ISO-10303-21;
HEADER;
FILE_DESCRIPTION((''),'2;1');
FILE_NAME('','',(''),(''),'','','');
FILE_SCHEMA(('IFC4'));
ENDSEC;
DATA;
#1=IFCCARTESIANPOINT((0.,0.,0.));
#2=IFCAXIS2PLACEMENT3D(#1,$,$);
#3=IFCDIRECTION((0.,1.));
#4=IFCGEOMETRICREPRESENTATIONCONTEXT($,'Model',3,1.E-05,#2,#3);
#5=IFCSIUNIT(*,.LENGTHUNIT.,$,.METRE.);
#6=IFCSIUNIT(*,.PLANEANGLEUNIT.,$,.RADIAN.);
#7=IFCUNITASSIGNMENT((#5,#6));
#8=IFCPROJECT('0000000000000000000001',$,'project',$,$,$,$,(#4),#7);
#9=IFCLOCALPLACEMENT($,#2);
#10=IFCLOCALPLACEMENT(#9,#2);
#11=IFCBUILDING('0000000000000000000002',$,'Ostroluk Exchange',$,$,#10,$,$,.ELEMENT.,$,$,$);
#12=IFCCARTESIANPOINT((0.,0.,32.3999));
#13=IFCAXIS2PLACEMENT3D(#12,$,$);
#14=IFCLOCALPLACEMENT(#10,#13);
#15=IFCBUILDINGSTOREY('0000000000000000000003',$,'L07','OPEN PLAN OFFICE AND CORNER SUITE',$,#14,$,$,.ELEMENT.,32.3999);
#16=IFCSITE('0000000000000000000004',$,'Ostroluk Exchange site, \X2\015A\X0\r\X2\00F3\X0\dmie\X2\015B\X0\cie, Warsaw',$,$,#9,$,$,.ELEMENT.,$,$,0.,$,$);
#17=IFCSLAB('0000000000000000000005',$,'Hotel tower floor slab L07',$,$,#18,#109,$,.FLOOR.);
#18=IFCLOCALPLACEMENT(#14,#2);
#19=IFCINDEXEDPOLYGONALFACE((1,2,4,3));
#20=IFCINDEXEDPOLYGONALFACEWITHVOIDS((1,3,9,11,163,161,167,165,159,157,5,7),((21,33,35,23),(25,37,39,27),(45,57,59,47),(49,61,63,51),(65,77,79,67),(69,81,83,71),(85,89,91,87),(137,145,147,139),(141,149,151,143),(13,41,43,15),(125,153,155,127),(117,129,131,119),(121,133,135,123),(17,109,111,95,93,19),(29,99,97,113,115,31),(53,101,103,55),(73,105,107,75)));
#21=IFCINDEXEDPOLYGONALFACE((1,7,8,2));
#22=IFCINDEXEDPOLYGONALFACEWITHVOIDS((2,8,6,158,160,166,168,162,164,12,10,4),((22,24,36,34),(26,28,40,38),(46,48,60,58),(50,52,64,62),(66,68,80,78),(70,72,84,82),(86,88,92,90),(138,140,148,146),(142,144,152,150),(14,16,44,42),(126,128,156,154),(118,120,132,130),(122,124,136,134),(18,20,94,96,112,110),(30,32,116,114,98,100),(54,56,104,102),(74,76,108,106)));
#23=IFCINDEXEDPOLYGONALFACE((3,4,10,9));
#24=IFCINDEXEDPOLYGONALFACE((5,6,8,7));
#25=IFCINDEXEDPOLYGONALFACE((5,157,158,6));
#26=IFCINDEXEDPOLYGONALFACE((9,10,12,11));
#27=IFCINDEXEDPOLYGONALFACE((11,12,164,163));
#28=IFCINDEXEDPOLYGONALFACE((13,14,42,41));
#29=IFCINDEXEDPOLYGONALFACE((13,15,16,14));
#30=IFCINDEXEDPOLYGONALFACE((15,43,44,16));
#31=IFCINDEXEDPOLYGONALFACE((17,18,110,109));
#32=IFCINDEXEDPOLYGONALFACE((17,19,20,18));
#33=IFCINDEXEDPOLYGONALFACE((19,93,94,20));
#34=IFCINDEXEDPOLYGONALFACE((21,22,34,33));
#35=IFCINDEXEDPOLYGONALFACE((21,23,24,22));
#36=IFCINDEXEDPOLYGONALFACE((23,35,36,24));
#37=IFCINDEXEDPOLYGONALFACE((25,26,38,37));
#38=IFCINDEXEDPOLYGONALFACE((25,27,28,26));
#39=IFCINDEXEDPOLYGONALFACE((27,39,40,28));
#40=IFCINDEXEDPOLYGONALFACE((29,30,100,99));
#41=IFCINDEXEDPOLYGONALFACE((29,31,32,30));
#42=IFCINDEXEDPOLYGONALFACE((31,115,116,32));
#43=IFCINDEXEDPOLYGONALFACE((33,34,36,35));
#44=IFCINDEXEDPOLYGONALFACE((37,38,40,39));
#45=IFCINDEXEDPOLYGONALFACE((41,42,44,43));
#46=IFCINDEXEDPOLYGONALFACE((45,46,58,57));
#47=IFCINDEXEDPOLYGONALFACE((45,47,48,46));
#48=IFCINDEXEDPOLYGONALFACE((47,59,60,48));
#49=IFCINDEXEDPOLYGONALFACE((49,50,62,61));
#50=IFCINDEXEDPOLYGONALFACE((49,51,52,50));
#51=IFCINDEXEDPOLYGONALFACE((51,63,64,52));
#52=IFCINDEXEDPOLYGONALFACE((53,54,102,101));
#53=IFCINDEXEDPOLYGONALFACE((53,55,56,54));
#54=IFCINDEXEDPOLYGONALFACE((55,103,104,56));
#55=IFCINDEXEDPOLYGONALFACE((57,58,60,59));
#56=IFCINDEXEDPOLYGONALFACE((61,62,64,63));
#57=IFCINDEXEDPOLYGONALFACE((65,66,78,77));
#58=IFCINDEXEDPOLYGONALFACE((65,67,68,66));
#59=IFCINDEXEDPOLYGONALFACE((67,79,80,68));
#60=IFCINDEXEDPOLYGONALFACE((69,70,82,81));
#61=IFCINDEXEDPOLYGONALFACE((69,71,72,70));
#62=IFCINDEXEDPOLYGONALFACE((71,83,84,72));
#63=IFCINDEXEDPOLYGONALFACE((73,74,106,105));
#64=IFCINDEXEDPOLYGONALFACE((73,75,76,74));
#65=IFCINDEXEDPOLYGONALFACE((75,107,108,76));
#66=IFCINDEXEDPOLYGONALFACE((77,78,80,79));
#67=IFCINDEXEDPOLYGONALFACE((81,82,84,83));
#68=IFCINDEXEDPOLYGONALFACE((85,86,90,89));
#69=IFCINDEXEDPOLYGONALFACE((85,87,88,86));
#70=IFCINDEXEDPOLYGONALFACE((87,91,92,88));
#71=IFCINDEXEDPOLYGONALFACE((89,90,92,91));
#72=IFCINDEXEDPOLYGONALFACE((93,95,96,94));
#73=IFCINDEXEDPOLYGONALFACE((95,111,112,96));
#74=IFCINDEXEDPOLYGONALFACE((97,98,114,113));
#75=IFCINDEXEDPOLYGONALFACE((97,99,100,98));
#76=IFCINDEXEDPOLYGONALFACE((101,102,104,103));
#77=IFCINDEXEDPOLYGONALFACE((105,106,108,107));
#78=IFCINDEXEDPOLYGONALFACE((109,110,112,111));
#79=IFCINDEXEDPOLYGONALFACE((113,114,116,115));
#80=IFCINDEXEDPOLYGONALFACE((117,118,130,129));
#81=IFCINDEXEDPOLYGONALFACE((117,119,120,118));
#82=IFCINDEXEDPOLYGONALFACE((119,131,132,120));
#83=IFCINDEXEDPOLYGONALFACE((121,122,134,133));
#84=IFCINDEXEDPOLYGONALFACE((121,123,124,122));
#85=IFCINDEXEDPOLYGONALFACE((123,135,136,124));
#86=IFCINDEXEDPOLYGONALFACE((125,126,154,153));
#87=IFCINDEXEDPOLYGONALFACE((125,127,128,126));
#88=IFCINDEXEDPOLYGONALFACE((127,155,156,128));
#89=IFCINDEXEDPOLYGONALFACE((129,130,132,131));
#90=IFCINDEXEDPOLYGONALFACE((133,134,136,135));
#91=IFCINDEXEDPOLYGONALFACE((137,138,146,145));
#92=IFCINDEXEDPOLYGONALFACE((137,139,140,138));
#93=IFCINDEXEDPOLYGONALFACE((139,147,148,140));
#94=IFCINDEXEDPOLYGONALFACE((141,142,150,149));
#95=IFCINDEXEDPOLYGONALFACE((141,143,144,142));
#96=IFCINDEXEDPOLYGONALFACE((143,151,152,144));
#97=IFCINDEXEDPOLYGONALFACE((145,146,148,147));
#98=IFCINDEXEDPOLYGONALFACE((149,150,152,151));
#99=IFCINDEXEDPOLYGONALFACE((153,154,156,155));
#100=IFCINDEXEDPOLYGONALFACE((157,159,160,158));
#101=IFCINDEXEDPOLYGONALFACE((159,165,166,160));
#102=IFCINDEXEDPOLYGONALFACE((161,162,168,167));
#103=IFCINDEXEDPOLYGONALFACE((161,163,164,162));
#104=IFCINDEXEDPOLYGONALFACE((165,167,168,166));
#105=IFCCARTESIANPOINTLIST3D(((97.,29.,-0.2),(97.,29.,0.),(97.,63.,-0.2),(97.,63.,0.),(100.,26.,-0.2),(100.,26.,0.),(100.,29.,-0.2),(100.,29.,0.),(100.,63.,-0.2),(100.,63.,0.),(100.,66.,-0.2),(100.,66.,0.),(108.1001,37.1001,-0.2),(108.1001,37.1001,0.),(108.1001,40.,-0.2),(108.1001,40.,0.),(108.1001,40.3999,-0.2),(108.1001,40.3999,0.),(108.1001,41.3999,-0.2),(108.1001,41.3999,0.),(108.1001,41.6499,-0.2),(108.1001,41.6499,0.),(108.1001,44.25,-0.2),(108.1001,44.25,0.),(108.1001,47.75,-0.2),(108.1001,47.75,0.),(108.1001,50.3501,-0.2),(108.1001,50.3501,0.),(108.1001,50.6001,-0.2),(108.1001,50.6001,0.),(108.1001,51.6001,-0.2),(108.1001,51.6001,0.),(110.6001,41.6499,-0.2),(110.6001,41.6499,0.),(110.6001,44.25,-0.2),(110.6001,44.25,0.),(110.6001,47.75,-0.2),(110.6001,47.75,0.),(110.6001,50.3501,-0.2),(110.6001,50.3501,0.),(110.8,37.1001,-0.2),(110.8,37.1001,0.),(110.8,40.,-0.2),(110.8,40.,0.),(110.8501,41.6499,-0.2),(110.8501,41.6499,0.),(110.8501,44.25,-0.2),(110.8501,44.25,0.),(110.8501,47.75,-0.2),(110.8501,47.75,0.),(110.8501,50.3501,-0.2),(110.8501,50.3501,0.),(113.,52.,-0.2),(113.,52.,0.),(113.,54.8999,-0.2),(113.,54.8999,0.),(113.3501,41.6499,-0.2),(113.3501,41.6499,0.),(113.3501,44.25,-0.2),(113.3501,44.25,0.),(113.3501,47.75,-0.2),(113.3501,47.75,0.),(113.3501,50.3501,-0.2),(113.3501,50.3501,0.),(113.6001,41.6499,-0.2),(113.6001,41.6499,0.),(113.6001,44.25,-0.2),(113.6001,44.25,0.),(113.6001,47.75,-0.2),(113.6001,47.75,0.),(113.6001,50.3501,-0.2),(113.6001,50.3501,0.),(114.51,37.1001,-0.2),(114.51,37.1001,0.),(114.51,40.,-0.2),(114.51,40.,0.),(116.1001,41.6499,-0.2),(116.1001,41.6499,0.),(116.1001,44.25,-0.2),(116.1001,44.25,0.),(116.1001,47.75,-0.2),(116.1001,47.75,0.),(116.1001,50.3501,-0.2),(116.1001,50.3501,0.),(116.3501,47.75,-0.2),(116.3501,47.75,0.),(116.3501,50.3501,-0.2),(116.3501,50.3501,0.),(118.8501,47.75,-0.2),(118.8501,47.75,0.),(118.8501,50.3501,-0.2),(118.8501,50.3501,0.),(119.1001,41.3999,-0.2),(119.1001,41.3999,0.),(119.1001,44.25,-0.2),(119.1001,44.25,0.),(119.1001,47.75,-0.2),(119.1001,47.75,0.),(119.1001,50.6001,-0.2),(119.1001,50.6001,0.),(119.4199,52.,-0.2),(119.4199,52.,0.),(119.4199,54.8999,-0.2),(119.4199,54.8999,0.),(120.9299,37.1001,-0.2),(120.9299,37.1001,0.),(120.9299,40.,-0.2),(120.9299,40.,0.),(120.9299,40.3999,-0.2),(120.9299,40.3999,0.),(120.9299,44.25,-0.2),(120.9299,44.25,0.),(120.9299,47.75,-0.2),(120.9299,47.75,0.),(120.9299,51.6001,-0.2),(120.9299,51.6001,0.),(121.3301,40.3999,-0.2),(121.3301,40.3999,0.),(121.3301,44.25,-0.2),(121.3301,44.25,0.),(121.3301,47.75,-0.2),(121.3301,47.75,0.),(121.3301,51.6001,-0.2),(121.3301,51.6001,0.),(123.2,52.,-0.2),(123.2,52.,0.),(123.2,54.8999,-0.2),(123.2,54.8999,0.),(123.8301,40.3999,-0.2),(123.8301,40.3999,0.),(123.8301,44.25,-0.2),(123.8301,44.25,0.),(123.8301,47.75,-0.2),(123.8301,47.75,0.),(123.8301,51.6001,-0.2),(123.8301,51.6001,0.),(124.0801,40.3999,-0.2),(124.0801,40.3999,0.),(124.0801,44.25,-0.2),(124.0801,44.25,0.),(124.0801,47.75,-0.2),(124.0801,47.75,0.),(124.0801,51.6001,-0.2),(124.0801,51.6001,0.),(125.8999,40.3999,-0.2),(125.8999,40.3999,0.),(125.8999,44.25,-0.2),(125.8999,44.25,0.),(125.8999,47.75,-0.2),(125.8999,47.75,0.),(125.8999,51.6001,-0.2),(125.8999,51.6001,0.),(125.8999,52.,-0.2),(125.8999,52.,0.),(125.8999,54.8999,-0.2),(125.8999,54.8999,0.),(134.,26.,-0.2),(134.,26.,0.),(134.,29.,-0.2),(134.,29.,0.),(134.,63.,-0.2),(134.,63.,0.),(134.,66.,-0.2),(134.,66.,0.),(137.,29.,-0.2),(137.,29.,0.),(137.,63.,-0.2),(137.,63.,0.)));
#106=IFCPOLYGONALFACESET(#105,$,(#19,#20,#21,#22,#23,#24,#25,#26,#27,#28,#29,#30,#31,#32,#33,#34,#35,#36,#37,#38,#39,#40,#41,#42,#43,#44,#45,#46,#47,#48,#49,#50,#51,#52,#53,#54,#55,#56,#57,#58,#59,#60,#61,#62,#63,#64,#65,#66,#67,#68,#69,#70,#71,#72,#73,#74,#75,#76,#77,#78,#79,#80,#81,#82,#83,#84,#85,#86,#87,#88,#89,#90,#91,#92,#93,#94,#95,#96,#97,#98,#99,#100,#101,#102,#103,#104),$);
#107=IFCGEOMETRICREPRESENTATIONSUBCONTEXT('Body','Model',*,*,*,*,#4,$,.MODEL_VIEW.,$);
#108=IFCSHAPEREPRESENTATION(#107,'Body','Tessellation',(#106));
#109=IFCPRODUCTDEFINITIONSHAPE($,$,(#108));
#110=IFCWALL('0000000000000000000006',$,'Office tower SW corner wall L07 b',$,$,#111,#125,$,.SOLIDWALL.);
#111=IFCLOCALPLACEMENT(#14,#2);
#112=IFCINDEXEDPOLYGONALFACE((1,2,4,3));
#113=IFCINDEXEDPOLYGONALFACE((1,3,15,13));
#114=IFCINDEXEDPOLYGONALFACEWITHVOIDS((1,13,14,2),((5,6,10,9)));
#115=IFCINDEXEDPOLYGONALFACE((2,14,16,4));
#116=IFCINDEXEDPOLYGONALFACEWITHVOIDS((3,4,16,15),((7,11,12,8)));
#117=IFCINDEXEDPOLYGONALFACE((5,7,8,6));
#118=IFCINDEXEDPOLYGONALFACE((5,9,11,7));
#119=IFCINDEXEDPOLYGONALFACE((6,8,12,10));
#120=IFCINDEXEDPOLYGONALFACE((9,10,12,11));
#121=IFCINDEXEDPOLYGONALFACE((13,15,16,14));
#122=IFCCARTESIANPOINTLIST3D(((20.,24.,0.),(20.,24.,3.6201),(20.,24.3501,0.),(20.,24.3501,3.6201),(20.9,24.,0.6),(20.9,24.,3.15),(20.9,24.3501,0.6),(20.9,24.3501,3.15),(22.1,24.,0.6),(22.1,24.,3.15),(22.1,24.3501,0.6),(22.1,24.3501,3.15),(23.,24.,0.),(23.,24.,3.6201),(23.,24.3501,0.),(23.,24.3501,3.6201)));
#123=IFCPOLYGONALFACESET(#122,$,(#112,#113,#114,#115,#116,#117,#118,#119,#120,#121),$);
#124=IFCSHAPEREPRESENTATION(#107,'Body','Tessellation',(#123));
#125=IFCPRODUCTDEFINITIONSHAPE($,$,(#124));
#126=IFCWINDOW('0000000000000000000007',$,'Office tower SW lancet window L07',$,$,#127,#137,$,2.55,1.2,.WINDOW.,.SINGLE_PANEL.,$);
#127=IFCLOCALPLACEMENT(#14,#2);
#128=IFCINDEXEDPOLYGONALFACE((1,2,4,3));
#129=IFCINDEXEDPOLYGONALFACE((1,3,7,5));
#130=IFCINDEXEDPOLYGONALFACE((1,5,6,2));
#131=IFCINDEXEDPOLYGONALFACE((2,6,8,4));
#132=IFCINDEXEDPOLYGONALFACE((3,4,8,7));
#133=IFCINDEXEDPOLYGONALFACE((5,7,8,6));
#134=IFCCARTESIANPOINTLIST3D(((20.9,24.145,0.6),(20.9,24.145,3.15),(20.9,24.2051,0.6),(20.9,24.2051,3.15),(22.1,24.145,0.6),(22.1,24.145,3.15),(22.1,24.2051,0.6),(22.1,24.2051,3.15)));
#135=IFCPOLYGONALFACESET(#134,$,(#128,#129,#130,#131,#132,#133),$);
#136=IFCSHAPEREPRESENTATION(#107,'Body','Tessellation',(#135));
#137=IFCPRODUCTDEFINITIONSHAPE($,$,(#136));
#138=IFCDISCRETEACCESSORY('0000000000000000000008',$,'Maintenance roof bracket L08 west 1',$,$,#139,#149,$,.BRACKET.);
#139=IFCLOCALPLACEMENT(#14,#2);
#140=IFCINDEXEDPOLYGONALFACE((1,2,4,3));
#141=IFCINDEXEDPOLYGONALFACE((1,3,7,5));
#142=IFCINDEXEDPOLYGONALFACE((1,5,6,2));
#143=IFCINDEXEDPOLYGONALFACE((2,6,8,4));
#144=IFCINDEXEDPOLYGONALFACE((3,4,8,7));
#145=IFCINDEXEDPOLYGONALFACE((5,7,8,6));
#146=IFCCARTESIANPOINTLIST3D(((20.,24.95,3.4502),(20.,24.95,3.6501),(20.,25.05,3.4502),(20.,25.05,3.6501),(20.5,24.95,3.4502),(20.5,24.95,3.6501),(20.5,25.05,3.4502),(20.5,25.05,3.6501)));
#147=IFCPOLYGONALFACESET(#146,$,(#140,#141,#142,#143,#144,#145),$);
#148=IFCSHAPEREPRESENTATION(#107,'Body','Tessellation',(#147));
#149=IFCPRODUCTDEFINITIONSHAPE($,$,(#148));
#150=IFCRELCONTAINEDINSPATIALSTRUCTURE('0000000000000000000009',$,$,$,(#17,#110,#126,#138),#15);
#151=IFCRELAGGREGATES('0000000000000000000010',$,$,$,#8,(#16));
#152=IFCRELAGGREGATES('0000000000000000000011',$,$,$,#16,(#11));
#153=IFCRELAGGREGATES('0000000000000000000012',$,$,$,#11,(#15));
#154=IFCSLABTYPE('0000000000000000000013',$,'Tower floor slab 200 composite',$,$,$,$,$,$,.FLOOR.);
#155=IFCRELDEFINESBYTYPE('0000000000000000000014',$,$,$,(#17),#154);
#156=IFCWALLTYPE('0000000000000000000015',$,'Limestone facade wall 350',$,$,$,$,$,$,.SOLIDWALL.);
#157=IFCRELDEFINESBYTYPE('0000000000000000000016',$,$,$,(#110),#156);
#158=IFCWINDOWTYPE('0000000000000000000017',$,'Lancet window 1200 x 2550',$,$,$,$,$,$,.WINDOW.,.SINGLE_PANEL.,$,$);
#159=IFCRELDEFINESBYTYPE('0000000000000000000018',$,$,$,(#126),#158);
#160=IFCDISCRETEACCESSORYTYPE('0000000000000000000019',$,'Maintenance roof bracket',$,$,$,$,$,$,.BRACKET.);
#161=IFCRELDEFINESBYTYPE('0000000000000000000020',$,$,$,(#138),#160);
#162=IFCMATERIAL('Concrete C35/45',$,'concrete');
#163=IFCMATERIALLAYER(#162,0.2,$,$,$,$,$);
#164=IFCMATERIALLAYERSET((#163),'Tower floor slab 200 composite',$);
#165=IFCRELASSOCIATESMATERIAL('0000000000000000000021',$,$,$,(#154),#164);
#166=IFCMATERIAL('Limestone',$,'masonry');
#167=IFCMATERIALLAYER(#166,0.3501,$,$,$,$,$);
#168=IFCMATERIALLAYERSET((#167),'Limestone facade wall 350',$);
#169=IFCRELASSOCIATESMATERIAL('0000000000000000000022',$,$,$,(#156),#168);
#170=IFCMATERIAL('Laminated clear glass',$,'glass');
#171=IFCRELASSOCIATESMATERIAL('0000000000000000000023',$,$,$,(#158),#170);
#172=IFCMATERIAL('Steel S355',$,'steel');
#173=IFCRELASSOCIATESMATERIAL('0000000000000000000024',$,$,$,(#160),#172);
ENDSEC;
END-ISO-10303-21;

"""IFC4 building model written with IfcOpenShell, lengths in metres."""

from ifc_helpers import new_model, si_unit, direction, frame, frame_2d, origin, origin_2d, place, context, subcontext, project, spatial, polyline, rectangle, outline, extrude, material, layer, layer_set, type_object, element, fill, save


model = new_model("IFC4")

# Units and contexts
model_context = context("Model", 3, precision=1e-05, world=origin(), true_north=direction((0.0, 1.0)))
body_context = subcontext(model_context, "Body", "Model", "MODEL_VIEW")
ifc_project = project(units=[si_unit("LENGTHUNIT", "METRE"), si_unit("PLANEANGLEUNIT", "RADIAN")], contexts=[model_context])

# Site, building, storey
site_placement = place(None, origin())
site = spatial("IfcSite", under=ifc_project, at=site_placement, Name="Ostroluk Exchange site, Śródmieście, Warsaw", CompositionType="ELEMENT", RefElevation=0.0)
building_placement = place(site_placement, origin())
building = spatial("IfcBuilding", under=site, at=building_placement, Name="Ostroluk Exchange", CompositionType="ELEMENT")
storey_placement = place(building_placement, frame((0.0, 0.0, 32.3999)))
storey = spatial("IfcBuildingStorey", under=building, at=storey_placement, Name="L07", Description="OPEN PLAN OFFICE AND CORNER SUITE", CompositionType="ELEMENT", Elevation=32.3999)

# Slab
ifc_material_1 = material(Name="Concrete C35/45", Category="concrete")
ifc_layer_1 = layer(ifc_material_1, 0.2)
ifc_layer_set_1 = layer_set([ifc_layer_1], Name="Tower floor slab 200 composite")
slab_type_1 = type_object("IfcSlabType", Name="Tower floor slab 200 composite", PredefinedType="FLOOR", material=ifc_layer_set_1)
slab_1_placement = place(storey_placement, frame((0.0, 0.0, -0.2)))
element("IfcSlab", 1, at=slab_1_placement, inside=storey, type_object=slab_type_1, Name="Hotel tower floor slab L07", PredefinedType="FLOOR", context=body_context, shape_type="SweptSolid", body=[
    extrude(outline(polyline([(100.0, 26.0), (134.0, 26.0), (134.0, 29.0), (137.0, 29.0), (137.0, 63.0), (134.0, 63.0), (134.0, 66.0), (100.0, 66.0), (100.0, 63.0), (97.0, 63.0), (97.0, 29.0), (100.0, 29.0), (100.0, 26.0)]), holes=[polyline([(108.1001, 37.1001), (110.8, 37.1001), (110.8, 40.0), (108.1001, 40.0), (108.1001, 37.1001)]), polyline([(114.51, 37.1001), (120.9299, 37.1001), (120.9299, 40.0), (114.51, 40.0), (114.51, 37.1001)]), polyline([(113.0, 52.0), (119.4199, 52.0), (119.4199, 54.8999), (113.0, 54.8999), (113.0, 52.0)]), polyline([(123.2, 52.0), (125.8999, 52.0), (125.8999, 54.8999), (123.2, 54.8999), (123.2, 52.0)]), polyline([(108.1001, 47.75), (110.6001, 47.75), (110.6001, 50.3501), (108.1001, 50.3501), (108.1001, 47.75)]), polyline([(110.8501, 47.75), (113.3501, 47.75), (113.3501, 50.3501), (110.8501, 50.3501), (110.8501, 47.75)]), polyline([(113.6001, 47.75), (116.1001, 47.75), (116.1001, 50.3501), (113.6001, 50.3501), (113.6001, 47.75)]), polyline([(116.3501, 47.75), (118.8501, 47.75), (118.8501, 50.3501), (116.3501, 50.3501), (116.3501, 47.75)]), polyline([(108.1001, 41.6499), (110.6001, 41.6499), (110.6001, 44.25), (108.1001, 44.25), (108.1001, 41.6499)]), polyline([(110.8501, 41.6499), (113.3501, 41.6499), (113.3501, 44.25), (110.8501, 44.25), (110.8501, 41.6499)]), polyline([(113.6001, 41.6499), (116.1001, 41.6499), (116.1001, 44.25), (113.6001, 44.25), (113.6001, 41.6499)]), polyline([(121.3301, 47.75), (123.8301, 47.75), (123.8301, 51.6001), (121.3301, 51.6001), (121.3301, 47.75)]), polyline([(121.3301, 40.3999), (123.8301, 40.3999), (123.8301, 44.25), (121.3301, 44.25), (121.3301, 40.3999)]), polyline([(120.9299, 51.6001), (120.9299, 47.75), (119.1001, 47.75), (119.1001, 50.6001), (108.1001, 50.6001), (108.1001, 51.6001), (120.9299, 51.6001)]), polyline([(108.1001, 40.3999), (108.1001, 41.3999), (119.1001, 41.3999), (119.1001, 44.25), (120.9299, 44.25), (120.9299, 40.3999), (108.1001, 40.3999)]), polyline([(124.0801, 47.75), (125.8999, 47.75), (125.8999, 51.6001), (124.0801, 51.6001), (124.0801, 47.75)]), polyline([(124.0801, 40.3999), (125.8999, 40.3999), (125.8999, 44.25), (124.0801, 44.25), (124.0801, 40.3999)])]), origin(), (0.0, 0.0, 1.0), 0.2),
])

# Wall, opening, window
ifc_material_2 = material(Name="Limestone", Category="masonry")
ifc_layer_2 = layer(ifc_material_2, 0.3501)
ifc_layer_set_2 = layer_set([ifc_layer_2], Name="Limestone facade wall 350")
wall_type = type_object("IfcWallType", Name="Limestone facade wall 350", PredefinedType="SOLIDWALL", material=ifc_layer_set_2)
wall_placement = place(storey_placement, frame((23.0, 24.175, 0.0), z_axis=(0.0, 0.0, 1.0), x_axis=(-1.0, 0.0, 0.0)))
wall = element("IfcWall", 2, at=wall_placement, inside=storey, type_object=wall_type, Name="Office tower SW corner wall L07 b", PredefinedType="SOLIDWALL", context=body_context, shape_type="SweptSolid", body=[
    extrude(rectangle(XDim=3.0, YDim=0.3501, at=frame_2d((1.5, 0.0))), origin(), (0.0, 0.0, 1.0), 3.6201),
])
opening_placement = place(wall_placement, frame((0.8999, 0.0, 0.6001)))
opening = element("IfcOpeningElement", 3, at=opening_placement, cuts=wall, PredefinedType="OPENING", context=body_context, shape_type="SweptSolid", body=[
    extrude(rectangle(XDim=1.2, YDim=2.55, at=frame_2d((0.6001, 1.2749))), frame((0.0, 0.1851, 0.0), z_axis=(0.0, -1.0, 0.0), x_axis=(1.0, 0.0, 0.0)), (0.0, 0.0, 1.0), 0.3701),
])
ifc_material_3 = material(Name="Laminated clear glass", Category="glass")
window_type = type_object("IfcWindowType", Name="Lancet window 1200 x 2550", PartitioningType="SINGLE_PANEL", PredefinedType="WINDOW", material=ifc_material_3)
window_placement = place(opening_placement, origin())
window = element("IfcWindow", 4, at=window_placement, inside=storey, type_object=window_type, Name="Office tower SW lancet window L07", OverallHeight=2.55, OverallWidth=1.2, PartitioningType="SINGLE_PANEL", PredefinedType="WINDOW", context=body_context, shape_type="SweptSolid", body=[
    extrude(rectangle(XDim=1.2, YDim=2.55, at=frame_2d((0.6001, 1.2749))), frame((0.0, 0.03, 0.0), z_axis=(0.0, -1.0, 0.0), x_axis=(1.0, 0.0, 0.0)), (0.0, 0.0, 1.0), 0.0601),
])
fill(opening, window)

# Discrete accessory
ifc_material_4 = material(Name="Steel S355", Category="steel")
discrete_accessory_type = type_object("IfcDiscreteAccessoryType", Name="Maintenance roof bracket", PredefinedType="BRACKET", material=ifc_material_4)
discrete_accessory_placement = place(storey_placement, frame((20.25, 25.0, 3.4502), z_axis=(0.0, 0.0, 1.0), x_axis=(1.0, 0.0, 0.0)))
element("IfcDiscreteAccessory", 5, at=discrete_accessory_placement, inside=storey, type_object=discrete_accessory_type, Name="Maintenance roof bracket L08 west 1", PredefinedType="BRACKET", context=body_context, shape_type="SweptSolid", body=[
    extrude(rectangle(XDim=0.5, YDim=0.1001, at=origin_2d()), origin(), (0.0, 0.0, 1.0), 0.2),
])

save(model, "model.ifc")
